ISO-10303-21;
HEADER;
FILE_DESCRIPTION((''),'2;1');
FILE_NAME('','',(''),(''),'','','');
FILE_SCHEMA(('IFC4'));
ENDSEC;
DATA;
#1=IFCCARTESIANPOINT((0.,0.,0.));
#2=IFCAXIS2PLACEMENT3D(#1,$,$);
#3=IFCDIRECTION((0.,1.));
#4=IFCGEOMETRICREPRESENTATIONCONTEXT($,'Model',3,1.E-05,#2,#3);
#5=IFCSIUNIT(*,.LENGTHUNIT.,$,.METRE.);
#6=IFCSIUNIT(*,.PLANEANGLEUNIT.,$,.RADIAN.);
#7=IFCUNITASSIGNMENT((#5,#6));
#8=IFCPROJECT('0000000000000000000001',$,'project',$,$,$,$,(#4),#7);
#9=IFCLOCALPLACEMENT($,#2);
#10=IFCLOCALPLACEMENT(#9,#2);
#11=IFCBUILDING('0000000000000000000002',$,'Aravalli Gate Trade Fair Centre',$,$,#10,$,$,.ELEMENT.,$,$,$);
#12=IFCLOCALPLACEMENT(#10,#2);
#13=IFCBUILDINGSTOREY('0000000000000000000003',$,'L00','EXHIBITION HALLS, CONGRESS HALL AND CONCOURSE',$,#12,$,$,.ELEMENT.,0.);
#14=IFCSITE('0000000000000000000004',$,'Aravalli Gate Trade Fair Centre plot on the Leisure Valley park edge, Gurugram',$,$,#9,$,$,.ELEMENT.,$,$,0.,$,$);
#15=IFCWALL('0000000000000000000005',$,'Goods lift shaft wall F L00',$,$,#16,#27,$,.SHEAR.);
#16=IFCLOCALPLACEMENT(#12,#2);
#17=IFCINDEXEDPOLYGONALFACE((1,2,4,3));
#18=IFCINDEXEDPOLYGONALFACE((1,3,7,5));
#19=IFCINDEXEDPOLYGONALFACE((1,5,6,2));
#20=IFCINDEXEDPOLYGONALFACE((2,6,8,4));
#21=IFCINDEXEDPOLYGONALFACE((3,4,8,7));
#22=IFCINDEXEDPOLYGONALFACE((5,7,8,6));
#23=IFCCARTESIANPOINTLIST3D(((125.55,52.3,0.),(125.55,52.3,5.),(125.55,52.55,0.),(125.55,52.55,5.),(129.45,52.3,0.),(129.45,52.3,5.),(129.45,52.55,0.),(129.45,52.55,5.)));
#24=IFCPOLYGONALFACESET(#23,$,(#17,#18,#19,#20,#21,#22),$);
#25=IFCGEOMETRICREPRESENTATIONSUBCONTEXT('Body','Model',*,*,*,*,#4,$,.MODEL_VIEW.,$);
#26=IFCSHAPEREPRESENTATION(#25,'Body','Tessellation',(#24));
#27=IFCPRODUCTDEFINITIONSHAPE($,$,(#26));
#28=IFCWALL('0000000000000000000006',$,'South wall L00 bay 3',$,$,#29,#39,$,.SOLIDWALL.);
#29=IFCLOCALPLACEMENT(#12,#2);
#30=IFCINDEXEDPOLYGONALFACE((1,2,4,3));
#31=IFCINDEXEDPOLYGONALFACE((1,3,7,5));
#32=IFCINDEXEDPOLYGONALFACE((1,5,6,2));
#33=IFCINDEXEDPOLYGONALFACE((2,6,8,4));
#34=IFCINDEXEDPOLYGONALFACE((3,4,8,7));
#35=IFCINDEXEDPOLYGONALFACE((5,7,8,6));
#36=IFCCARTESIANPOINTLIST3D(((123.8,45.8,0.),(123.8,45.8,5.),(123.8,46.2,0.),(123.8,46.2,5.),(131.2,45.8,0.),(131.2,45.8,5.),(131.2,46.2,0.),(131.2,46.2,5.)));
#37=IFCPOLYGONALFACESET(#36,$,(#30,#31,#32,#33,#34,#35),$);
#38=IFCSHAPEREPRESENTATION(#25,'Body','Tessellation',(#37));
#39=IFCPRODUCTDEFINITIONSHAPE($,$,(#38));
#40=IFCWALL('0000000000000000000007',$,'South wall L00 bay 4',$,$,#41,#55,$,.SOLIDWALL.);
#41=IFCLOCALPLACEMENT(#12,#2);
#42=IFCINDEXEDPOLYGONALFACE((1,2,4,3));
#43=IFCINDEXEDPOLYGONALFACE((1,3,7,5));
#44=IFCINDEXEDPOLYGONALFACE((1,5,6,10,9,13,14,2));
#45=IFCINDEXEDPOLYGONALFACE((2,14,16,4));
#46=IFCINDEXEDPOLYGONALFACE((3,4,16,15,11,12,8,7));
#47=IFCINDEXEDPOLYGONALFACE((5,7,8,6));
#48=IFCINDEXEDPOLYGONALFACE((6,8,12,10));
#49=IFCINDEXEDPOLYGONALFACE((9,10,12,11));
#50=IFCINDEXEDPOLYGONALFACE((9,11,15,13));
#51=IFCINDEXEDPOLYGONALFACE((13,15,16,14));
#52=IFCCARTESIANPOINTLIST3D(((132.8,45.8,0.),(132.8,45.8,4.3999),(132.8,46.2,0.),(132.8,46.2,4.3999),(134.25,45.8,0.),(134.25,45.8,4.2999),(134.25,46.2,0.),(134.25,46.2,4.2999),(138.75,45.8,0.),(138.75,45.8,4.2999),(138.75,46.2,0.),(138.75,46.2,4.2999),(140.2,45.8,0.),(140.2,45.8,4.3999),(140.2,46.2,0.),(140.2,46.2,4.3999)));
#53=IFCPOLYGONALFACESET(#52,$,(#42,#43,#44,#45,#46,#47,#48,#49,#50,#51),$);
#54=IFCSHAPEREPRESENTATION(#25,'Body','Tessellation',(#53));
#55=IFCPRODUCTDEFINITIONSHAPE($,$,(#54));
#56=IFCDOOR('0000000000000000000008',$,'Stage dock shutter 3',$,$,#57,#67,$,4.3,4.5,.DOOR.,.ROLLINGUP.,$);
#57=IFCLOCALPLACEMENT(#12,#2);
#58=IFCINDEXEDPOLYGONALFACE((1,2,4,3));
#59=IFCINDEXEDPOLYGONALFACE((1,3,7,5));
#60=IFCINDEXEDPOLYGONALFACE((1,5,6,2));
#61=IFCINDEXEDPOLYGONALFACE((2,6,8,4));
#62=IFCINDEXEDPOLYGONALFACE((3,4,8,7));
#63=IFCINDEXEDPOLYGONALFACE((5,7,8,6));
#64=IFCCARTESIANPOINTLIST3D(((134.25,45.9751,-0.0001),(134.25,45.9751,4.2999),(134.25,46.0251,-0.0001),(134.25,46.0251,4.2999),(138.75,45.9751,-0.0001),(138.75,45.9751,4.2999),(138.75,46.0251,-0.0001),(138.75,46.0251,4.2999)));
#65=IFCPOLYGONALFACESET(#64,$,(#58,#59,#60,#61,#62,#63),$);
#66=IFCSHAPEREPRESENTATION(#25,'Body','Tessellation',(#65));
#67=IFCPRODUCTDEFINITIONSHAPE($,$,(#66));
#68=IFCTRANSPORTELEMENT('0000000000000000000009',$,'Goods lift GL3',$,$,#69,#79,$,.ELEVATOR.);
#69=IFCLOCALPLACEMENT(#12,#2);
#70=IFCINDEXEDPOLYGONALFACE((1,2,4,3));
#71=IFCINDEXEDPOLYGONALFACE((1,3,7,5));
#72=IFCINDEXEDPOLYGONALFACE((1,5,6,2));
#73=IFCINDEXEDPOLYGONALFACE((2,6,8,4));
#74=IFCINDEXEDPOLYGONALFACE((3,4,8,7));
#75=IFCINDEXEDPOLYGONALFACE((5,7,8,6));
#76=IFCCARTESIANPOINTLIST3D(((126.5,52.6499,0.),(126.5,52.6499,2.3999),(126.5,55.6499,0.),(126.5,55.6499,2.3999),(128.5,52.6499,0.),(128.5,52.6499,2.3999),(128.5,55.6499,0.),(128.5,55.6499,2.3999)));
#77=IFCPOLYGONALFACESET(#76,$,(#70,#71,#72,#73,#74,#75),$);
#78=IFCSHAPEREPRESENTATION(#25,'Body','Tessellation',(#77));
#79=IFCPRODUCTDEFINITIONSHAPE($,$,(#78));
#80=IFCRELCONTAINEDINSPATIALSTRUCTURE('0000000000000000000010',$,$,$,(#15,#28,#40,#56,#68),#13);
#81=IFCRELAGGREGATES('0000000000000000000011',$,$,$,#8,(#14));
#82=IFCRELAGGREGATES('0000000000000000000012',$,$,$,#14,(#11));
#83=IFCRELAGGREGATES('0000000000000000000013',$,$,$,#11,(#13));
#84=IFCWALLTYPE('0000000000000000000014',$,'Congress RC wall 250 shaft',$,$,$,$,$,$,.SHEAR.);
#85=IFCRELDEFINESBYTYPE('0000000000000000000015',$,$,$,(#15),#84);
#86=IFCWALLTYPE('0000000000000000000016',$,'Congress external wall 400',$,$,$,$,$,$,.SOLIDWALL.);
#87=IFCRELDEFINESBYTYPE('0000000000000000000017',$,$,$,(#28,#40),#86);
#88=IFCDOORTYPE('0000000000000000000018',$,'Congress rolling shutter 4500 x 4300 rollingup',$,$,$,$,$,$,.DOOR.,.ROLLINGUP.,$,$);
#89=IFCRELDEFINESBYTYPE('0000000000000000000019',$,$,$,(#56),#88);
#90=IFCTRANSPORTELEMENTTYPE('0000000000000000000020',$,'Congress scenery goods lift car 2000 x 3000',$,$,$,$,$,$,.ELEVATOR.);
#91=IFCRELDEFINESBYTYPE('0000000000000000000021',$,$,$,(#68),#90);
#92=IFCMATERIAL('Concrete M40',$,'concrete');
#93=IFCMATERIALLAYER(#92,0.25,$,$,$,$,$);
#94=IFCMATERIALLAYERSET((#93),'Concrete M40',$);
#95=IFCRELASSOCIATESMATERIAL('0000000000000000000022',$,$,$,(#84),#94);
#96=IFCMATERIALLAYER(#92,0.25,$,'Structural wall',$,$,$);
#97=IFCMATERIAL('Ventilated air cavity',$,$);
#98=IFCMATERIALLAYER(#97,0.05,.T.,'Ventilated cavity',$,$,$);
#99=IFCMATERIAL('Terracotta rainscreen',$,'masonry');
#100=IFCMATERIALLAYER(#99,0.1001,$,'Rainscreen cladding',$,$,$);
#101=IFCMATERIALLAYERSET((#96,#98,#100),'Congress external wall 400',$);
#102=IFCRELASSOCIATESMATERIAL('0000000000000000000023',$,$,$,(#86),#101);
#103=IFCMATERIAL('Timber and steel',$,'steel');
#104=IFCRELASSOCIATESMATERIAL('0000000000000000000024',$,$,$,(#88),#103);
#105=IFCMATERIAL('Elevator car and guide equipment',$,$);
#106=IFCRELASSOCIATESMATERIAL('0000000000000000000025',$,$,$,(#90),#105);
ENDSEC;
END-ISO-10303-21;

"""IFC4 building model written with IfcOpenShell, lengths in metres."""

from ifc_helpers import new_model, si_unit, direction, frame, frame_2d, origin, origin_2d, place, context, subcontext, project, spatial, rectangle, extrude, material, layer, layer_set, type_object, element, fill, save


model = new_model("IFC4")

# Units and contexts
model_context = context("Model", 3, precision=1e-05, world=origin(), true_north=direction((0.0, 1.0)))
body_context = subcontext(model_context, "Body", "Model", "MODEL_VIEW")
ifc_project = project(units=[si_unit("LENGTHUNIT", "METRE"), si_unit("PLANEANGLEUNIT", "RADIAN")], contexts=[model_context])

# Site, building, storey
site_placement = place(None, origin())
site = spatial("IfcSite", under=ifc_project, at=site_placement, Name="Aravalli Gate Trade Fair Centre plot on the Leisure Valley park edge, Gurugram", CompositionType="ELEMENT", RefElevation=0.0)
building_placement = place(site_placement, origin())
building = spatial("IfcBuilding", under=site, at=building_placement, Name="Aravalli Gate Trade Fair Centre", CompositionType="ELEMENT")
storey_placement = place(building_placement, origin())
storey = spatial("IfcBuildingStorey", under=building, at=storey_placement, Name="L00", Description="EXHIBITION HALLS, CONGRESS HALL AND CONCOURSE", CompositionType="ELEMENT", Elevation=0.0)

# Wall
ifc_material_1 = material(Name="Concrete M40", Category="concrete")
ifc_layer_1 = layer(ifc_material_1, 0.25)
ifc_layer_set_1 = layer_set([ifc_layer_1], Name="Concrete M40")
wall_type_1 = type_object("IfcWallType", Name="Congress RC wall 250 shaft", PredefinedType="SHEAR", material=ifc_layer_set_1)
wall_1_placement = place(storey_placement, frame((125.55, 52.425, 0.0), z_axis=(0.0, 0.0, 1.0), x_axis=(1.0, 0.0, 0.0)))
element("IfcWall", 1, at=wall_1_placement, inside=storey, type_object=wall_type_1, Name="Goods lift shaft wall F L00", PredefinedType="SHEAR", context=body_context, shape_type="SweptSolid", body=[
    extrude(rectangle(XDim=3.8999, YDim=0.25, at=frame_2d((1.95, 0.0))), origin(), (0.0, 0.0, 1.0), 5.0),
])

# Wall
ifc_layer_2 = layer(ifc_material_1, 0.25, Name="Structural wall")
ifc_material_2 = material(Name="Ventilated air cavity")
ifc_layer_3 = layer(ifc_material_2, 0.05, ventilated=True, Name="Ventilated cavity")
ifc_material_3 = material(Name="Terracotta rainscreen", Category="masonry")
ifc_layer_4 = layer(ifc_material_3, 0.1001, Name="Rainscreen cladding")
ifc_layer_set_2 = layer_set([ifc_layer_2, ifc_layer_3, ifc_layer_4], Name="Congress external wall 400")
wall_type_2 = type_object("IfcWallType", Name="Congress external wall 400", PredefinedType="SOLIDWALL", material=ifc_layer_set_2)
wall_2_placement = place(storey_placement, frame((123.8, 46.0, 0.0), z_axis=(0.0, 0.0, 1.0), x_axis=(1.0, 0.0, 0.0)))
element("IfcWall", 2, at=wall_2_placement, inside=storey, type_object=wall_type_2, Name="South wall L00 bay 3", PredefinedType="SOLIDWALL", context=body_context, shape_type="SweptSolid", body=[
    extrude(rectangle(XDim=7.3999, YDim=0.3999, at=frame_2d((3.7, 0.0))), origin(), (0.0, 0.0, 1.0), 5.0),
])

# Wall, opening, door
wall_3_placement = place(storey_placement, frame((132.8, 46.0, 0.0), z_axis=(0.0, 0.0, 1.0), x_axis=(1.0, 0.0, 0.0)))
wall_3 = element("IfcWall", 3, at=wall_3_placement, inside=storey, type_object=wall_type_2, Name="South wall L00 bay 4", PredefinedType="SOLIDWALL", context=body_context, shape_type="SweptSolid", body=[
    extrude(rectangle(XDim=7.3999, YDim=0.3999, at=frame_2d((3.7, 0.0))), origin(), (0.0, 0.0, 1.0), 4.3999),
])
opening_1_placement = place(wall_3_placement, frame((1.45, 0.0, 0.0)))
opening_1 = element("IfcOpeningElement", 4, at=opening_1_placement, cuts=wall_3, PredefinedType="OPENING", context=body_context, shape_type="SweptSolid", body=[
    extrude(rectangle(XDim=4.5, YDim=4.3, at=frame_2d((2.25, 2.1499))), frame((0.0, 0.21, 0.0), z_axis=(0.0, -1.0, 0.0), x_axis=(1.0, 0.0, 0.0)), (0.0, 0.0, 1.0), 0.4199),
])
ifc_material_4 = material(Name="Timber and steel", Category="steel")
door_type_1 = type_object("IfcDoorType", Name="Congress rolling shutter 4500 x 4300 rollingup", OperationType="ROLLINGUP", PredefinedType="DOOR", material=ifc_material_4)
door_1_placement = place(opening_1_placement, frame((4.5, 0.0, 0.0), z_axis=(0.0, 0.0, 1.0), x_axis=(-1.0, 0.0, 0.0)))
door_1 = element("IfcDoor", 5, at=door_1_placement, inside=storey, type_object=door_type_1, Name="Stage dock shutter 3", OperationType="ROLLINGUP", OverallHeight=4.3, OverallWidth=4.5, PredefinedType="DOOR", context=body_context, shape_type="SweptSolid", body=[
    extrude(rectangle(XDim=4.5, YDim=4.3, at=frame_2d((2.25, 2.1499))), frame((0.0, 0.0249, 0.0), z_axis=(0.0, -1.0, 0.0), x_axis=(1.0, 0.0, 0.0)), (0.0, 0.0, 1.0), 0.05),
])
fill(opening_1, door_1)

# Transport element
ifc_material_5 = material(Name="Elevator car and guide equipment")
transport_element_type = type_object("IfcTransportElementType", Name="Congress scenery goods lift car 2000 x 3000", PredefinedType="ELEVATOR", material=ifc_material_5)
transport_element_placement = place(storey_placement, frame((127.5, 54.1499, 0.0), z_axis=(0.0, 0.0, 1.0), x_axis=(1.0, 0.0, 0.0)))
element("IfcTransportElement", 6, at=transport_element_placement, inside=storey, type_object=transport_element_type, Name="Goods lift GL3", PredefinedType="ELEVATOR", context=body_context, shape_type="SweptSolid", body=[
    extrude(rectangle(XDim=2.0, YDim=3.0, at=origin_2d()), origin(), (0.0, 0.0, 1.0), 2.3999),
])

save(model, "model.ifc")
